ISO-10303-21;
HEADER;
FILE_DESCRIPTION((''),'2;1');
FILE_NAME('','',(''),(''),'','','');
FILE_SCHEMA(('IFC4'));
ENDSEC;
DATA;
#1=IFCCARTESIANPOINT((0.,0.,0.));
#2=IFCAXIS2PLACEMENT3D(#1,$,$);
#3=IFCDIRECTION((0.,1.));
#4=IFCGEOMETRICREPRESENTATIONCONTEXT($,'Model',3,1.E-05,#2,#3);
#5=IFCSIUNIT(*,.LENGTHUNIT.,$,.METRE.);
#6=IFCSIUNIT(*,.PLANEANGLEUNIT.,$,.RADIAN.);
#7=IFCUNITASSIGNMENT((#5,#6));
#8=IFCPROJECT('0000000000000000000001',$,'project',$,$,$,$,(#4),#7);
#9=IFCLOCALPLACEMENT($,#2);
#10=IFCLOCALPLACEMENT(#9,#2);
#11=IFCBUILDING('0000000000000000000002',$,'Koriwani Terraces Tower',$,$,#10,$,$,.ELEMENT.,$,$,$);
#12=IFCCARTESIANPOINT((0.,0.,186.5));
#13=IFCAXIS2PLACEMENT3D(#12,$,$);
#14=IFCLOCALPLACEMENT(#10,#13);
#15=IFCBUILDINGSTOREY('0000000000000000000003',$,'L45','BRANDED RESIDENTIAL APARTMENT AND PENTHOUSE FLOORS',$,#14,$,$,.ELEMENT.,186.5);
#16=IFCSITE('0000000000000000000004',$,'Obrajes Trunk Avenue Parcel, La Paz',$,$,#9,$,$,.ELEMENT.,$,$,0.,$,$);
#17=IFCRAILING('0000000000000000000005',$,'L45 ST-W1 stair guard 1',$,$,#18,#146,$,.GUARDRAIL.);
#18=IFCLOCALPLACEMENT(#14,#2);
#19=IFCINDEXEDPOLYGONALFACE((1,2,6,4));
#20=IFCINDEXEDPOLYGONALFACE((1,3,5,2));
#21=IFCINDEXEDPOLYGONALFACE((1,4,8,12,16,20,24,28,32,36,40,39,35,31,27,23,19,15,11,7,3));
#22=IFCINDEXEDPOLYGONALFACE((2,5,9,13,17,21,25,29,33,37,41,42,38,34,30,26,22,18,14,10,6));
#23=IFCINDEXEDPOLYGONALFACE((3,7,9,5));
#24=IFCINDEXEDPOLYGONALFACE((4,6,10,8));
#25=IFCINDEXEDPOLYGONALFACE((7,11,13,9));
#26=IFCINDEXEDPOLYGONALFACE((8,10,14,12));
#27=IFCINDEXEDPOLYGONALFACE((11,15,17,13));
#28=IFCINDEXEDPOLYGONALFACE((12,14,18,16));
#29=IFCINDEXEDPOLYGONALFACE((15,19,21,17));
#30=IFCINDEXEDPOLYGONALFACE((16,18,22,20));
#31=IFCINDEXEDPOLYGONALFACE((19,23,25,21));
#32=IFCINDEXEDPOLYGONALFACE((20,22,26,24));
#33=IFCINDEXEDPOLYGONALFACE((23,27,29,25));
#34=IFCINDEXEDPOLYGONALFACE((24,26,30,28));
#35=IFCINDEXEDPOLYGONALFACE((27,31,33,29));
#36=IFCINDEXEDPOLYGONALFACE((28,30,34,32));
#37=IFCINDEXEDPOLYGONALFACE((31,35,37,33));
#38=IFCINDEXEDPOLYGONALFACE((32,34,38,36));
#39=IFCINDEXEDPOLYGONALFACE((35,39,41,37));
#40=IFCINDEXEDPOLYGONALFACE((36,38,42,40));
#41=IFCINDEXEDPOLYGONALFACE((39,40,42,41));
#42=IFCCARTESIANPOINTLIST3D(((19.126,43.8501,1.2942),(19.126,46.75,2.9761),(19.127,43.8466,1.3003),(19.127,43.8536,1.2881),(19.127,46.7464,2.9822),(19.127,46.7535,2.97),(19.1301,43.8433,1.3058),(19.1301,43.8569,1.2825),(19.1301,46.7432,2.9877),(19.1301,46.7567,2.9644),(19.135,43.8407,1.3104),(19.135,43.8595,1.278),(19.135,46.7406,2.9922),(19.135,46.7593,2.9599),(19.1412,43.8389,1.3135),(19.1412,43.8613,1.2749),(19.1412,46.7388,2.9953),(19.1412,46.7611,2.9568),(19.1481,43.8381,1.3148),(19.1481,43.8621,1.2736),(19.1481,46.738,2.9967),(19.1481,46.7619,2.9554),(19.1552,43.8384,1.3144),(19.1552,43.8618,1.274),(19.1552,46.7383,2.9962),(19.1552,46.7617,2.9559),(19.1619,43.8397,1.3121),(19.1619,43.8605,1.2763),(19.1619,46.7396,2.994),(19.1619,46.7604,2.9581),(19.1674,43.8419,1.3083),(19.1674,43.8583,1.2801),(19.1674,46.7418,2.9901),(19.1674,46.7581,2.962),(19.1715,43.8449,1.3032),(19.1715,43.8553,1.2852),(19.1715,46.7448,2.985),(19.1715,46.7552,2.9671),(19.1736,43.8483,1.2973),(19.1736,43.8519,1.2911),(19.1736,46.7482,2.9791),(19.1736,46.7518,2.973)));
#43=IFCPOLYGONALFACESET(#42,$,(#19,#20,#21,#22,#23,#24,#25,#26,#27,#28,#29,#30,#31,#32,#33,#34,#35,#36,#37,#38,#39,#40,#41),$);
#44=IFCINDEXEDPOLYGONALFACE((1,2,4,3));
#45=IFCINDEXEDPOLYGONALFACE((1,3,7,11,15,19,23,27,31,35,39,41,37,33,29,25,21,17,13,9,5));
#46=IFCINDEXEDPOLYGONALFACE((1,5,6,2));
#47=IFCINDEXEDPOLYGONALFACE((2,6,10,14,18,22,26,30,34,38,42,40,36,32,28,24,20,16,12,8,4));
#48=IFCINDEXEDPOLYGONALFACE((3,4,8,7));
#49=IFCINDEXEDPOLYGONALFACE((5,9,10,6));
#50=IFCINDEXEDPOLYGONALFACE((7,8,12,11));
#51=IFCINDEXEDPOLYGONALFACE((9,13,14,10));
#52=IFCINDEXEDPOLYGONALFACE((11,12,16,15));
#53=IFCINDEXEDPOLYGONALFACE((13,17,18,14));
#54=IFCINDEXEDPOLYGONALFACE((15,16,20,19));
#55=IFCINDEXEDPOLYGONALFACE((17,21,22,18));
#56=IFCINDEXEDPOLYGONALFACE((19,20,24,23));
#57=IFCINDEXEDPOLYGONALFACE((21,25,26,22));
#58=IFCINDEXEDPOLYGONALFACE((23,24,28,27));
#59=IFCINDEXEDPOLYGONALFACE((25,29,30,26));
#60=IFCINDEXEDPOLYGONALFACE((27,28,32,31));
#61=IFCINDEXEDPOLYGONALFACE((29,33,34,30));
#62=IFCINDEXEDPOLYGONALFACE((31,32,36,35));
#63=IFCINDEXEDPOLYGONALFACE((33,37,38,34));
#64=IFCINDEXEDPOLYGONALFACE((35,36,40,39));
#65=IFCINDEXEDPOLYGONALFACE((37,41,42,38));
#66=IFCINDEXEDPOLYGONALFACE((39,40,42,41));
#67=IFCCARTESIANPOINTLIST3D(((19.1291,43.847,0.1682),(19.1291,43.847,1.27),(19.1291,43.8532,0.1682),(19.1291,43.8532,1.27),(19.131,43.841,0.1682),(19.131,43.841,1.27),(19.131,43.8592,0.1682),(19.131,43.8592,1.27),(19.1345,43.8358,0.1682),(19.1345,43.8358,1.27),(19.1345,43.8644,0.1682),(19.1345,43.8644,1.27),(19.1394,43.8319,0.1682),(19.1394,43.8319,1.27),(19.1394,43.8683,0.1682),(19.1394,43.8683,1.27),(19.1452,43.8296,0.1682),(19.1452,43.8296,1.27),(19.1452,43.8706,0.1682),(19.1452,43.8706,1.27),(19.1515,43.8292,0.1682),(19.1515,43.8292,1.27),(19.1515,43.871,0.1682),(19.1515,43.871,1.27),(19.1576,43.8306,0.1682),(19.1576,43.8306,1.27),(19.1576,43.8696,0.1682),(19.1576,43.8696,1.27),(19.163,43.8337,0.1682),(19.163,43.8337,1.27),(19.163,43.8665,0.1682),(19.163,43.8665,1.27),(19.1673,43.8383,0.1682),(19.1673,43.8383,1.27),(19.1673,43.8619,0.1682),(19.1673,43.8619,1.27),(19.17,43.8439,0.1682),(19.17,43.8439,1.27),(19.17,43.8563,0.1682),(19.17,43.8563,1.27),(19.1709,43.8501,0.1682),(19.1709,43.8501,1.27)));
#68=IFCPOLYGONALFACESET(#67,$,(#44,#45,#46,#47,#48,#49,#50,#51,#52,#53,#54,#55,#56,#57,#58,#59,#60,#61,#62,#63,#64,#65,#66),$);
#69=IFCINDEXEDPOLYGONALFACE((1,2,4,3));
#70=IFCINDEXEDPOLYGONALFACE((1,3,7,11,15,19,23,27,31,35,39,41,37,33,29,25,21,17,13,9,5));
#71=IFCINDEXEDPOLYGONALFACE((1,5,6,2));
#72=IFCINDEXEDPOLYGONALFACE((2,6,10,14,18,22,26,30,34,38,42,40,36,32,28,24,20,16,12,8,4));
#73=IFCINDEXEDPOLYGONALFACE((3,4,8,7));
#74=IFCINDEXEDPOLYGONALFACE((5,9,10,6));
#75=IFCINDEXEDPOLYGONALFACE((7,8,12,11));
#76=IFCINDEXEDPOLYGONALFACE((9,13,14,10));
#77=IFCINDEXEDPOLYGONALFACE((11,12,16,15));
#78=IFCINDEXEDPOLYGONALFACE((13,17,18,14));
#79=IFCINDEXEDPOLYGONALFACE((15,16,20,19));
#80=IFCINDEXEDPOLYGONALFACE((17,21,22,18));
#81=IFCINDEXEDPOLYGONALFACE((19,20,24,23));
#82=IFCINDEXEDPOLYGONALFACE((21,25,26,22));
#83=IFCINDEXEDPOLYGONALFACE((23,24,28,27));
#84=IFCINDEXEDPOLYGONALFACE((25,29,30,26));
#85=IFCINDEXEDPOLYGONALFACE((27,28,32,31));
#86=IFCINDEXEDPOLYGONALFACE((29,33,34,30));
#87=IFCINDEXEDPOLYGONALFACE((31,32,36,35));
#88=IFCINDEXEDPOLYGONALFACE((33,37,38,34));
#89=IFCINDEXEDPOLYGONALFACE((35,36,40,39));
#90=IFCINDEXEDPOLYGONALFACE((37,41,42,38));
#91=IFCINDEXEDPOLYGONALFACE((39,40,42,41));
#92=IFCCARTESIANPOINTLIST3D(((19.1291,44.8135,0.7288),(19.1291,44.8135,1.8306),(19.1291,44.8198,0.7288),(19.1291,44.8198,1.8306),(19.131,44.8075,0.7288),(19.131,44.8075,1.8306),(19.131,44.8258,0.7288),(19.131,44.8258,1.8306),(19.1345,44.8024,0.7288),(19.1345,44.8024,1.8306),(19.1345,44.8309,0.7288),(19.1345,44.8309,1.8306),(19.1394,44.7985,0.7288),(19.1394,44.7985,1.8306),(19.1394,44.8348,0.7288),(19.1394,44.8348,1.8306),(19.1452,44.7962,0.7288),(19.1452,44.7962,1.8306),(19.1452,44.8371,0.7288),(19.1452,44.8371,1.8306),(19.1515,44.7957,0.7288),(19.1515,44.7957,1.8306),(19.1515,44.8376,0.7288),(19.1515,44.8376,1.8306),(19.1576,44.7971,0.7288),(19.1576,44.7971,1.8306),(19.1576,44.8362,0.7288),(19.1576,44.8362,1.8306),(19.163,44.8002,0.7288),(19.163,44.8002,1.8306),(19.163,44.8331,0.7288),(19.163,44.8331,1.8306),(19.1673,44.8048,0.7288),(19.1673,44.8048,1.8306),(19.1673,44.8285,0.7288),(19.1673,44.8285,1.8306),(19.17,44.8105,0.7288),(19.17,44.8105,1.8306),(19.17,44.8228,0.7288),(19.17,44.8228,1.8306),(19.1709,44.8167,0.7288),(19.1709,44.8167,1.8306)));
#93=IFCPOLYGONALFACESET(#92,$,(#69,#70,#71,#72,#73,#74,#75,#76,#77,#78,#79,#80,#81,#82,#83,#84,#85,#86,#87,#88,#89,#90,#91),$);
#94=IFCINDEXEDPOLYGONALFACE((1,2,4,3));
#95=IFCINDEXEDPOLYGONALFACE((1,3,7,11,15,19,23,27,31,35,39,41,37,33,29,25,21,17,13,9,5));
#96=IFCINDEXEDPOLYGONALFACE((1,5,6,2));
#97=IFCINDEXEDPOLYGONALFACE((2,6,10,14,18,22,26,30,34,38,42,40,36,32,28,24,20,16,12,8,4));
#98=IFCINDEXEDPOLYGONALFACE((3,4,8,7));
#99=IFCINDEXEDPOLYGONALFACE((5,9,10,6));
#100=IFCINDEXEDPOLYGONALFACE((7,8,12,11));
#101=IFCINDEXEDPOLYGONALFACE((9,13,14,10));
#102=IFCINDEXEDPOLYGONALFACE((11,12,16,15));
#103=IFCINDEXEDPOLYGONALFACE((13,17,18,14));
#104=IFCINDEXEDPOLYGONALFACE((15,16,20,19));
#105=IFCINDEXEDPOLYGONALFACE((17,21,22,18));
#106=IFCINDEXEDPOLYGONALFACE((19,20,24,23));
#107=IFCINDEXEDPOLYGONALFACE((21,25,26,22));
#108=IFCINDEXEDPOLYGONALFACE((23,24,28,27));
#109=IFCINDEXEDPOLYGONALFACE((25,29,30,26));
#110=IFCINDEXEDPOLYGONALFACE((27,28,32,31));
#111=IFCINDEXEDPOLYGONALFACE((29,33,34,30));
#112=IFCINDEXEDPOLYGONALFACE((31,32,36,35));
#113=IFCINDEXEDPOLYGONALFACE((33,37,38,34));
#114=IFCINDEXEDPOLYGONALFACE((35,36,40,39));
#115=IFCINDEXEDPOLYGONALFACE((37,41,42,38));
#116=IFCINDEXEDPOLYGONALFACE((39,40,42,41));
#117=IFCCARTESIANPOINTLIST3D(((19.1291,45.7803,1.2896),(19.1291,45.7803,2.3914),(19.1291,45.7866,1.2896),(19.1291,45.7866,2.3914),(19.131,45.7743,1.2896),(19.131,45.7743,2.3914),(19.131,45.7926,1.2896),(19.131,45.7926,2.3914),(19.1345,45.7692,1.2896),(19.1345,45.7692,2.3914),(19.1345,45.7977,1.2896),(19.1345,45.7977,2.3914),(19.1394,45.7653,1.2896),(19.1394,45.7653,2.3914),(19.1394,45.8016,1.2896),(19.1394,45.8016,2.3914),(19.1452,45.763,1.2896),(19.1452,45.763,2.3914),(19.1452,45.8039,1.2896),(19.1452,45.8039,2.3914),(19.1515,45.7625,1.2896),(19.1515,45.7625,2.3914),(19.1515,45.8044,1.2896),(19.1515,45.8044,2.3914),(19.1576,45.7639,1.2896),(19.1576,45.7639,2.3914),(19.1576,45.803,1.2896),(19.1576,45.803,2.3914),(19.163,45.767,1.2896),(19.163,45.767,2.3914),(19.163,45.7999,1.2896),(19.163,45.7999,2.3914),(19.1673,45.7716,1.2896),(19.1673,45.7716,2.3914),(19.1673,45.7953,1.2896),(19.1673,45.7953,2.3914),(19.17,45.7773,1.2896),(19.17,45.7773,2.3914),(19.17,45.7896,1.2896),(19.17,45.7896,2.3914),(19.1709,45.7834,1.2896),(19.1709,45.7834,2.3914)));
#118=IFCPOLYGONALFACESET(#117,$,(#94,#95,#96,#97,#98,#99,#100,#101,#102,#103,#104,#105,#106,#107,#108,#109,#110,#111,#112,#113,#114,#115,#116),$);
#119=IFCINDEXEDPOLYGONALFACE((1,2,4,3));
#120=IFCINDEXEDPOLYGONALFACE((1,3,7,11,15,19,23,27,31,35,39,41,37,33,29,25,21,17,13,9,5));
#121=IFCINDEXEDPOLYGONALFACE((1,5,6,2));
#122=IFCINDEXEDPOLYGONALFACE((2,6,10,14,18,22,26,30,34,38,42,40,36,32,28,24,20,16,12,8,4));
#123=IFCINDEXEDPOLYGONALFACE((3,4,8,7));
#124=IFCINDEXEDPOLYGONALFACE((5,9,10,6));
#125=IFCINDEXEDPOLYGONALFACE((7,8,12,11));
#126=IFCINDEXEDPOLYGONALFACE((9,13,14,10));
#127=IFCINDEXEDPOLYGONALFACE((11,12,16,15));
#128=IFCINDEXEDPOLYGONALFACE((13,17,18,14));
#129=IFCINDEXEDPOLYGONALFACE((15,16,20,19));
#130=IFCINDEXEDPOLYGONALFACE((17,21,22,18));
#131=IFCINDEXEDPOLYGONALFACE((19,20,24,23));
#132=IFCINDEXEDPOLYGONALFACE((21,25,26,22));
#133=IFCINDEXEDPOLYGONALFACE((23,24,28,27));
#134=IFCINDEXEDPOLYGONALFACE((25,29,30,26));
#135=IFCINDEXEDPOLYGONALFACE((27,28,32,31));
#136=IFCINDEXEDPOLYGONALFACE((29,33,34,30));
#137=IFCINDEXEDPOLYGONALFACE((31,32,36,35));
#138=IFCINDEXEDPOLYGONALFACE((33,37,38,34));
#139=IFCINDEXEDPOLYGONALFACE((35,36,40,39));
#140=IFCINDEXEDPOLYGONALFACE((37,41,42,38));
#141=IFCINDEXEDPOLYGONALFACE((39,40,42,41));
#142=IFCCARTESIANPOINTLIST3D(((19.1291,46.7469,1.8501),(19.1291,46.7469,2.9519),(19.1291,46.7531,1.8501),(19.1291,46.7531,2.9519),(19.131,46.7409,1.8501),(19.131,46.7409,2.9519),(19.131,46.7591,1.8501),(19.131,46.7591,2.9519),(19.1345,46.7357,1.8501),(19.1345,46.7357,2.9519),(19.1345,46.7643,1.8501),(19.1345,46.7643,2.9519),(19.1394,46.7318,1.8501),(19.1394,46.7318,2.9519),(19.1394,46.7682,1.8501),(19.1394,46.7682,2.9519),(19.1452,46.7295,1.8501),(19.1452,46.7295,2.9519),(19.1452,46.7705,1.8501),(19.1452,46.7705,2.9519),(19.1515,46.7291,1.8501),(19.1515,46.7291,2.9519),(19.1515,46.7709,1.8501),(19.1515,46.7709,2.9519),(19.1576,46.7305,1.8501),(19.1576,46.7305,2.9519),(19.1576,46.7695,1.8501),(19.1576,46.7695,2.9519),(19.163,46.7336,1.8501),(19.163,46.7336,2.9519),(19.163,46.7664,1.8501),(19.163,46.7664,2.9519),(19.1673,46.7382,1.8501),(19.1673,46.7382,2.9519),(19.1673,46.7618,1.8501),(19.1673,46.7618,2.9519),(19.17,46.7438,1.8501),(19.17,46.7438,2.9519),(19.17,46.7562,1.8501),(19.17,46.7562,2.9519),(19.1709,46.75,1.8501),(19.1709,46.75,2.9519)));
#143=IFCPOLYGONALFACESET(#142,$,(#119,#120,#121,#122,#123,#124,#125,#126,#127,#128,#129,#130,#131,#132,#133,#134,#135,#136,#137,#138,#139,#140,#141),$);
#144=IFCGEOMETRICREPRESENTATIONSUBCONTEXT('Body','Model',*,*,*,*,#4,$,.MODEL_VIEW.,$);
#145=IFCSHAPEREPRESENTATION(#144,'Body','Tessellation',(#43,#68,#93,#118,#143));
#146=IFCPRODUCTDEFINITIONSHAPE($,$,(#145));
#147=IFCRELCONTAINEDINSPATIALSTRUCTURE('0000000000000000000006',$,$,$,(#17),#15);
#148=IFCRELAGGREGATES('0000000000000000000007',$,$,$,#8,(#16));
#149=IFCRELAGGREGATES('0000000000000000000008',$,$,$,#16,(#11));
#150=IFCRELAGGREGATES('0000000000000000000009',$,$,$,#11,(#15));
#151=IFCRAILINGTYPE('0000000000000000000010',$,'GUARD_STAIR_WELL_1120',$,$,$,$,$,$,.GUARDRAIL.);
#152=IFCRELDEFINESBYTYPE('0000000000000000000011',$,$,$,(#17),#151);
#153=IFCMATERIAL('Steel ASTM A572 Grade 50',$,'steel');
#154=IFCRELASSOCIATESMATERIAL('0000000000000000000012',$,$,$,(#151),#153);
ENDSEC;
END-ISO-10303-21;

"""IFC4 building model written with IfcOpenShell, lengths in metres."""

from ifc_helpers import new_model, si_unit, direction, frame, origin, origin_2d, place, context, subcontext, project, spatial, circle, extrude, material, type_object, element, save


model = new_model("IFC4")

# Units and contexts
model_context = context("Model", 3, precision=1e-05, world=origin(), true_north=direction((0.0, 1.0)))
body_context = subcontext(model_context, "Body", "Model", "MODEL_VIEW")
ifc_project = project(units=[si_unit("LENGTHUNIT", "METRE"), si_unit("PLANEANGLEUNIT", "RADIAN")], contexts=[model_context])

# Site, building, storey
site_placement = place(None, origin())
site = spatial("IfcSite", under=ifc_project, at=site_placement, Name="Obrajes Trunk Avenue Parcel, La Paz", CompositionType="ELEMENT", RefElevation=0.0)
building_placement = place(site_placement, origin())
building = spatial("IfcBuilding", under=site, at=building_placement, Name="Koriwani Terraces Tower", CompositionType="ELEMENT")
storey_placement = place(building_placement, frame((0.0, 0.0, 186.5)))
storey = spatial("IfcBuildingStorey", under=building, at=storey_placement, Name="L45", Description="BRANDED RESIDENTIAL APARTMENT AND PENTHOUSE FLOORS", CompositionType="ELEMENT", Elevation=186.5)

# Shared definitions
ifc_material_1 = material(Name="Steel ASTM A572 Grade 50", Category="steel")

# Railing
railing_type_1 = type_object("IfcRailingType", Name="GUARD_STAIR_WELL_1120", PredefinedType="GUARDRAIL", material=ifc_material_1)
railing_1_placement = place(storey_placement, frame((19.1499, 43.8501, 0.1682)))
element("IfcRailing", 1, at=railing_1_placement, inside=storey, type_object=railing_type_1, Name="L45 ST-W1 stair guard 1", PredefinedType="GUARDRAIL", context=body_context, shape_type="SweptSolid", body=[
    extrude(circle(Radius=0.0239, at=origin_2d()), frame((0.0, 0.0, 1.126), z_axis=(0.0, 0.865039, 0.501705), x_axis=(-1.0, 0.0, 0.0)), (0.0, 0.0, 1.0), 3.3523),
    extrude(circle(Radius=0.021, at=origin_2d()), origin(), (0.0, 0.0, 1.0), 1.1018),
    extrude(circle(Radius=0.021, at=origin_2d()), frame((0.0, 0.9666, 0.5605)), (0.0, 0.0, 1.0), 1.1018),
    extrude(circle(Radius=0.021, at=origin_2d()), frame((0.0, 1.9333, 1.1213)), (0.0, 0.0, 1.0), 1.1018),
    extrude(circle(Radius=0.021, at=origin_2d()), frame((0.0, 2.8999, 1.6819)), (0.0, 0.0, 1.0), 1.1018),
])

save(model, "model.ifc")
